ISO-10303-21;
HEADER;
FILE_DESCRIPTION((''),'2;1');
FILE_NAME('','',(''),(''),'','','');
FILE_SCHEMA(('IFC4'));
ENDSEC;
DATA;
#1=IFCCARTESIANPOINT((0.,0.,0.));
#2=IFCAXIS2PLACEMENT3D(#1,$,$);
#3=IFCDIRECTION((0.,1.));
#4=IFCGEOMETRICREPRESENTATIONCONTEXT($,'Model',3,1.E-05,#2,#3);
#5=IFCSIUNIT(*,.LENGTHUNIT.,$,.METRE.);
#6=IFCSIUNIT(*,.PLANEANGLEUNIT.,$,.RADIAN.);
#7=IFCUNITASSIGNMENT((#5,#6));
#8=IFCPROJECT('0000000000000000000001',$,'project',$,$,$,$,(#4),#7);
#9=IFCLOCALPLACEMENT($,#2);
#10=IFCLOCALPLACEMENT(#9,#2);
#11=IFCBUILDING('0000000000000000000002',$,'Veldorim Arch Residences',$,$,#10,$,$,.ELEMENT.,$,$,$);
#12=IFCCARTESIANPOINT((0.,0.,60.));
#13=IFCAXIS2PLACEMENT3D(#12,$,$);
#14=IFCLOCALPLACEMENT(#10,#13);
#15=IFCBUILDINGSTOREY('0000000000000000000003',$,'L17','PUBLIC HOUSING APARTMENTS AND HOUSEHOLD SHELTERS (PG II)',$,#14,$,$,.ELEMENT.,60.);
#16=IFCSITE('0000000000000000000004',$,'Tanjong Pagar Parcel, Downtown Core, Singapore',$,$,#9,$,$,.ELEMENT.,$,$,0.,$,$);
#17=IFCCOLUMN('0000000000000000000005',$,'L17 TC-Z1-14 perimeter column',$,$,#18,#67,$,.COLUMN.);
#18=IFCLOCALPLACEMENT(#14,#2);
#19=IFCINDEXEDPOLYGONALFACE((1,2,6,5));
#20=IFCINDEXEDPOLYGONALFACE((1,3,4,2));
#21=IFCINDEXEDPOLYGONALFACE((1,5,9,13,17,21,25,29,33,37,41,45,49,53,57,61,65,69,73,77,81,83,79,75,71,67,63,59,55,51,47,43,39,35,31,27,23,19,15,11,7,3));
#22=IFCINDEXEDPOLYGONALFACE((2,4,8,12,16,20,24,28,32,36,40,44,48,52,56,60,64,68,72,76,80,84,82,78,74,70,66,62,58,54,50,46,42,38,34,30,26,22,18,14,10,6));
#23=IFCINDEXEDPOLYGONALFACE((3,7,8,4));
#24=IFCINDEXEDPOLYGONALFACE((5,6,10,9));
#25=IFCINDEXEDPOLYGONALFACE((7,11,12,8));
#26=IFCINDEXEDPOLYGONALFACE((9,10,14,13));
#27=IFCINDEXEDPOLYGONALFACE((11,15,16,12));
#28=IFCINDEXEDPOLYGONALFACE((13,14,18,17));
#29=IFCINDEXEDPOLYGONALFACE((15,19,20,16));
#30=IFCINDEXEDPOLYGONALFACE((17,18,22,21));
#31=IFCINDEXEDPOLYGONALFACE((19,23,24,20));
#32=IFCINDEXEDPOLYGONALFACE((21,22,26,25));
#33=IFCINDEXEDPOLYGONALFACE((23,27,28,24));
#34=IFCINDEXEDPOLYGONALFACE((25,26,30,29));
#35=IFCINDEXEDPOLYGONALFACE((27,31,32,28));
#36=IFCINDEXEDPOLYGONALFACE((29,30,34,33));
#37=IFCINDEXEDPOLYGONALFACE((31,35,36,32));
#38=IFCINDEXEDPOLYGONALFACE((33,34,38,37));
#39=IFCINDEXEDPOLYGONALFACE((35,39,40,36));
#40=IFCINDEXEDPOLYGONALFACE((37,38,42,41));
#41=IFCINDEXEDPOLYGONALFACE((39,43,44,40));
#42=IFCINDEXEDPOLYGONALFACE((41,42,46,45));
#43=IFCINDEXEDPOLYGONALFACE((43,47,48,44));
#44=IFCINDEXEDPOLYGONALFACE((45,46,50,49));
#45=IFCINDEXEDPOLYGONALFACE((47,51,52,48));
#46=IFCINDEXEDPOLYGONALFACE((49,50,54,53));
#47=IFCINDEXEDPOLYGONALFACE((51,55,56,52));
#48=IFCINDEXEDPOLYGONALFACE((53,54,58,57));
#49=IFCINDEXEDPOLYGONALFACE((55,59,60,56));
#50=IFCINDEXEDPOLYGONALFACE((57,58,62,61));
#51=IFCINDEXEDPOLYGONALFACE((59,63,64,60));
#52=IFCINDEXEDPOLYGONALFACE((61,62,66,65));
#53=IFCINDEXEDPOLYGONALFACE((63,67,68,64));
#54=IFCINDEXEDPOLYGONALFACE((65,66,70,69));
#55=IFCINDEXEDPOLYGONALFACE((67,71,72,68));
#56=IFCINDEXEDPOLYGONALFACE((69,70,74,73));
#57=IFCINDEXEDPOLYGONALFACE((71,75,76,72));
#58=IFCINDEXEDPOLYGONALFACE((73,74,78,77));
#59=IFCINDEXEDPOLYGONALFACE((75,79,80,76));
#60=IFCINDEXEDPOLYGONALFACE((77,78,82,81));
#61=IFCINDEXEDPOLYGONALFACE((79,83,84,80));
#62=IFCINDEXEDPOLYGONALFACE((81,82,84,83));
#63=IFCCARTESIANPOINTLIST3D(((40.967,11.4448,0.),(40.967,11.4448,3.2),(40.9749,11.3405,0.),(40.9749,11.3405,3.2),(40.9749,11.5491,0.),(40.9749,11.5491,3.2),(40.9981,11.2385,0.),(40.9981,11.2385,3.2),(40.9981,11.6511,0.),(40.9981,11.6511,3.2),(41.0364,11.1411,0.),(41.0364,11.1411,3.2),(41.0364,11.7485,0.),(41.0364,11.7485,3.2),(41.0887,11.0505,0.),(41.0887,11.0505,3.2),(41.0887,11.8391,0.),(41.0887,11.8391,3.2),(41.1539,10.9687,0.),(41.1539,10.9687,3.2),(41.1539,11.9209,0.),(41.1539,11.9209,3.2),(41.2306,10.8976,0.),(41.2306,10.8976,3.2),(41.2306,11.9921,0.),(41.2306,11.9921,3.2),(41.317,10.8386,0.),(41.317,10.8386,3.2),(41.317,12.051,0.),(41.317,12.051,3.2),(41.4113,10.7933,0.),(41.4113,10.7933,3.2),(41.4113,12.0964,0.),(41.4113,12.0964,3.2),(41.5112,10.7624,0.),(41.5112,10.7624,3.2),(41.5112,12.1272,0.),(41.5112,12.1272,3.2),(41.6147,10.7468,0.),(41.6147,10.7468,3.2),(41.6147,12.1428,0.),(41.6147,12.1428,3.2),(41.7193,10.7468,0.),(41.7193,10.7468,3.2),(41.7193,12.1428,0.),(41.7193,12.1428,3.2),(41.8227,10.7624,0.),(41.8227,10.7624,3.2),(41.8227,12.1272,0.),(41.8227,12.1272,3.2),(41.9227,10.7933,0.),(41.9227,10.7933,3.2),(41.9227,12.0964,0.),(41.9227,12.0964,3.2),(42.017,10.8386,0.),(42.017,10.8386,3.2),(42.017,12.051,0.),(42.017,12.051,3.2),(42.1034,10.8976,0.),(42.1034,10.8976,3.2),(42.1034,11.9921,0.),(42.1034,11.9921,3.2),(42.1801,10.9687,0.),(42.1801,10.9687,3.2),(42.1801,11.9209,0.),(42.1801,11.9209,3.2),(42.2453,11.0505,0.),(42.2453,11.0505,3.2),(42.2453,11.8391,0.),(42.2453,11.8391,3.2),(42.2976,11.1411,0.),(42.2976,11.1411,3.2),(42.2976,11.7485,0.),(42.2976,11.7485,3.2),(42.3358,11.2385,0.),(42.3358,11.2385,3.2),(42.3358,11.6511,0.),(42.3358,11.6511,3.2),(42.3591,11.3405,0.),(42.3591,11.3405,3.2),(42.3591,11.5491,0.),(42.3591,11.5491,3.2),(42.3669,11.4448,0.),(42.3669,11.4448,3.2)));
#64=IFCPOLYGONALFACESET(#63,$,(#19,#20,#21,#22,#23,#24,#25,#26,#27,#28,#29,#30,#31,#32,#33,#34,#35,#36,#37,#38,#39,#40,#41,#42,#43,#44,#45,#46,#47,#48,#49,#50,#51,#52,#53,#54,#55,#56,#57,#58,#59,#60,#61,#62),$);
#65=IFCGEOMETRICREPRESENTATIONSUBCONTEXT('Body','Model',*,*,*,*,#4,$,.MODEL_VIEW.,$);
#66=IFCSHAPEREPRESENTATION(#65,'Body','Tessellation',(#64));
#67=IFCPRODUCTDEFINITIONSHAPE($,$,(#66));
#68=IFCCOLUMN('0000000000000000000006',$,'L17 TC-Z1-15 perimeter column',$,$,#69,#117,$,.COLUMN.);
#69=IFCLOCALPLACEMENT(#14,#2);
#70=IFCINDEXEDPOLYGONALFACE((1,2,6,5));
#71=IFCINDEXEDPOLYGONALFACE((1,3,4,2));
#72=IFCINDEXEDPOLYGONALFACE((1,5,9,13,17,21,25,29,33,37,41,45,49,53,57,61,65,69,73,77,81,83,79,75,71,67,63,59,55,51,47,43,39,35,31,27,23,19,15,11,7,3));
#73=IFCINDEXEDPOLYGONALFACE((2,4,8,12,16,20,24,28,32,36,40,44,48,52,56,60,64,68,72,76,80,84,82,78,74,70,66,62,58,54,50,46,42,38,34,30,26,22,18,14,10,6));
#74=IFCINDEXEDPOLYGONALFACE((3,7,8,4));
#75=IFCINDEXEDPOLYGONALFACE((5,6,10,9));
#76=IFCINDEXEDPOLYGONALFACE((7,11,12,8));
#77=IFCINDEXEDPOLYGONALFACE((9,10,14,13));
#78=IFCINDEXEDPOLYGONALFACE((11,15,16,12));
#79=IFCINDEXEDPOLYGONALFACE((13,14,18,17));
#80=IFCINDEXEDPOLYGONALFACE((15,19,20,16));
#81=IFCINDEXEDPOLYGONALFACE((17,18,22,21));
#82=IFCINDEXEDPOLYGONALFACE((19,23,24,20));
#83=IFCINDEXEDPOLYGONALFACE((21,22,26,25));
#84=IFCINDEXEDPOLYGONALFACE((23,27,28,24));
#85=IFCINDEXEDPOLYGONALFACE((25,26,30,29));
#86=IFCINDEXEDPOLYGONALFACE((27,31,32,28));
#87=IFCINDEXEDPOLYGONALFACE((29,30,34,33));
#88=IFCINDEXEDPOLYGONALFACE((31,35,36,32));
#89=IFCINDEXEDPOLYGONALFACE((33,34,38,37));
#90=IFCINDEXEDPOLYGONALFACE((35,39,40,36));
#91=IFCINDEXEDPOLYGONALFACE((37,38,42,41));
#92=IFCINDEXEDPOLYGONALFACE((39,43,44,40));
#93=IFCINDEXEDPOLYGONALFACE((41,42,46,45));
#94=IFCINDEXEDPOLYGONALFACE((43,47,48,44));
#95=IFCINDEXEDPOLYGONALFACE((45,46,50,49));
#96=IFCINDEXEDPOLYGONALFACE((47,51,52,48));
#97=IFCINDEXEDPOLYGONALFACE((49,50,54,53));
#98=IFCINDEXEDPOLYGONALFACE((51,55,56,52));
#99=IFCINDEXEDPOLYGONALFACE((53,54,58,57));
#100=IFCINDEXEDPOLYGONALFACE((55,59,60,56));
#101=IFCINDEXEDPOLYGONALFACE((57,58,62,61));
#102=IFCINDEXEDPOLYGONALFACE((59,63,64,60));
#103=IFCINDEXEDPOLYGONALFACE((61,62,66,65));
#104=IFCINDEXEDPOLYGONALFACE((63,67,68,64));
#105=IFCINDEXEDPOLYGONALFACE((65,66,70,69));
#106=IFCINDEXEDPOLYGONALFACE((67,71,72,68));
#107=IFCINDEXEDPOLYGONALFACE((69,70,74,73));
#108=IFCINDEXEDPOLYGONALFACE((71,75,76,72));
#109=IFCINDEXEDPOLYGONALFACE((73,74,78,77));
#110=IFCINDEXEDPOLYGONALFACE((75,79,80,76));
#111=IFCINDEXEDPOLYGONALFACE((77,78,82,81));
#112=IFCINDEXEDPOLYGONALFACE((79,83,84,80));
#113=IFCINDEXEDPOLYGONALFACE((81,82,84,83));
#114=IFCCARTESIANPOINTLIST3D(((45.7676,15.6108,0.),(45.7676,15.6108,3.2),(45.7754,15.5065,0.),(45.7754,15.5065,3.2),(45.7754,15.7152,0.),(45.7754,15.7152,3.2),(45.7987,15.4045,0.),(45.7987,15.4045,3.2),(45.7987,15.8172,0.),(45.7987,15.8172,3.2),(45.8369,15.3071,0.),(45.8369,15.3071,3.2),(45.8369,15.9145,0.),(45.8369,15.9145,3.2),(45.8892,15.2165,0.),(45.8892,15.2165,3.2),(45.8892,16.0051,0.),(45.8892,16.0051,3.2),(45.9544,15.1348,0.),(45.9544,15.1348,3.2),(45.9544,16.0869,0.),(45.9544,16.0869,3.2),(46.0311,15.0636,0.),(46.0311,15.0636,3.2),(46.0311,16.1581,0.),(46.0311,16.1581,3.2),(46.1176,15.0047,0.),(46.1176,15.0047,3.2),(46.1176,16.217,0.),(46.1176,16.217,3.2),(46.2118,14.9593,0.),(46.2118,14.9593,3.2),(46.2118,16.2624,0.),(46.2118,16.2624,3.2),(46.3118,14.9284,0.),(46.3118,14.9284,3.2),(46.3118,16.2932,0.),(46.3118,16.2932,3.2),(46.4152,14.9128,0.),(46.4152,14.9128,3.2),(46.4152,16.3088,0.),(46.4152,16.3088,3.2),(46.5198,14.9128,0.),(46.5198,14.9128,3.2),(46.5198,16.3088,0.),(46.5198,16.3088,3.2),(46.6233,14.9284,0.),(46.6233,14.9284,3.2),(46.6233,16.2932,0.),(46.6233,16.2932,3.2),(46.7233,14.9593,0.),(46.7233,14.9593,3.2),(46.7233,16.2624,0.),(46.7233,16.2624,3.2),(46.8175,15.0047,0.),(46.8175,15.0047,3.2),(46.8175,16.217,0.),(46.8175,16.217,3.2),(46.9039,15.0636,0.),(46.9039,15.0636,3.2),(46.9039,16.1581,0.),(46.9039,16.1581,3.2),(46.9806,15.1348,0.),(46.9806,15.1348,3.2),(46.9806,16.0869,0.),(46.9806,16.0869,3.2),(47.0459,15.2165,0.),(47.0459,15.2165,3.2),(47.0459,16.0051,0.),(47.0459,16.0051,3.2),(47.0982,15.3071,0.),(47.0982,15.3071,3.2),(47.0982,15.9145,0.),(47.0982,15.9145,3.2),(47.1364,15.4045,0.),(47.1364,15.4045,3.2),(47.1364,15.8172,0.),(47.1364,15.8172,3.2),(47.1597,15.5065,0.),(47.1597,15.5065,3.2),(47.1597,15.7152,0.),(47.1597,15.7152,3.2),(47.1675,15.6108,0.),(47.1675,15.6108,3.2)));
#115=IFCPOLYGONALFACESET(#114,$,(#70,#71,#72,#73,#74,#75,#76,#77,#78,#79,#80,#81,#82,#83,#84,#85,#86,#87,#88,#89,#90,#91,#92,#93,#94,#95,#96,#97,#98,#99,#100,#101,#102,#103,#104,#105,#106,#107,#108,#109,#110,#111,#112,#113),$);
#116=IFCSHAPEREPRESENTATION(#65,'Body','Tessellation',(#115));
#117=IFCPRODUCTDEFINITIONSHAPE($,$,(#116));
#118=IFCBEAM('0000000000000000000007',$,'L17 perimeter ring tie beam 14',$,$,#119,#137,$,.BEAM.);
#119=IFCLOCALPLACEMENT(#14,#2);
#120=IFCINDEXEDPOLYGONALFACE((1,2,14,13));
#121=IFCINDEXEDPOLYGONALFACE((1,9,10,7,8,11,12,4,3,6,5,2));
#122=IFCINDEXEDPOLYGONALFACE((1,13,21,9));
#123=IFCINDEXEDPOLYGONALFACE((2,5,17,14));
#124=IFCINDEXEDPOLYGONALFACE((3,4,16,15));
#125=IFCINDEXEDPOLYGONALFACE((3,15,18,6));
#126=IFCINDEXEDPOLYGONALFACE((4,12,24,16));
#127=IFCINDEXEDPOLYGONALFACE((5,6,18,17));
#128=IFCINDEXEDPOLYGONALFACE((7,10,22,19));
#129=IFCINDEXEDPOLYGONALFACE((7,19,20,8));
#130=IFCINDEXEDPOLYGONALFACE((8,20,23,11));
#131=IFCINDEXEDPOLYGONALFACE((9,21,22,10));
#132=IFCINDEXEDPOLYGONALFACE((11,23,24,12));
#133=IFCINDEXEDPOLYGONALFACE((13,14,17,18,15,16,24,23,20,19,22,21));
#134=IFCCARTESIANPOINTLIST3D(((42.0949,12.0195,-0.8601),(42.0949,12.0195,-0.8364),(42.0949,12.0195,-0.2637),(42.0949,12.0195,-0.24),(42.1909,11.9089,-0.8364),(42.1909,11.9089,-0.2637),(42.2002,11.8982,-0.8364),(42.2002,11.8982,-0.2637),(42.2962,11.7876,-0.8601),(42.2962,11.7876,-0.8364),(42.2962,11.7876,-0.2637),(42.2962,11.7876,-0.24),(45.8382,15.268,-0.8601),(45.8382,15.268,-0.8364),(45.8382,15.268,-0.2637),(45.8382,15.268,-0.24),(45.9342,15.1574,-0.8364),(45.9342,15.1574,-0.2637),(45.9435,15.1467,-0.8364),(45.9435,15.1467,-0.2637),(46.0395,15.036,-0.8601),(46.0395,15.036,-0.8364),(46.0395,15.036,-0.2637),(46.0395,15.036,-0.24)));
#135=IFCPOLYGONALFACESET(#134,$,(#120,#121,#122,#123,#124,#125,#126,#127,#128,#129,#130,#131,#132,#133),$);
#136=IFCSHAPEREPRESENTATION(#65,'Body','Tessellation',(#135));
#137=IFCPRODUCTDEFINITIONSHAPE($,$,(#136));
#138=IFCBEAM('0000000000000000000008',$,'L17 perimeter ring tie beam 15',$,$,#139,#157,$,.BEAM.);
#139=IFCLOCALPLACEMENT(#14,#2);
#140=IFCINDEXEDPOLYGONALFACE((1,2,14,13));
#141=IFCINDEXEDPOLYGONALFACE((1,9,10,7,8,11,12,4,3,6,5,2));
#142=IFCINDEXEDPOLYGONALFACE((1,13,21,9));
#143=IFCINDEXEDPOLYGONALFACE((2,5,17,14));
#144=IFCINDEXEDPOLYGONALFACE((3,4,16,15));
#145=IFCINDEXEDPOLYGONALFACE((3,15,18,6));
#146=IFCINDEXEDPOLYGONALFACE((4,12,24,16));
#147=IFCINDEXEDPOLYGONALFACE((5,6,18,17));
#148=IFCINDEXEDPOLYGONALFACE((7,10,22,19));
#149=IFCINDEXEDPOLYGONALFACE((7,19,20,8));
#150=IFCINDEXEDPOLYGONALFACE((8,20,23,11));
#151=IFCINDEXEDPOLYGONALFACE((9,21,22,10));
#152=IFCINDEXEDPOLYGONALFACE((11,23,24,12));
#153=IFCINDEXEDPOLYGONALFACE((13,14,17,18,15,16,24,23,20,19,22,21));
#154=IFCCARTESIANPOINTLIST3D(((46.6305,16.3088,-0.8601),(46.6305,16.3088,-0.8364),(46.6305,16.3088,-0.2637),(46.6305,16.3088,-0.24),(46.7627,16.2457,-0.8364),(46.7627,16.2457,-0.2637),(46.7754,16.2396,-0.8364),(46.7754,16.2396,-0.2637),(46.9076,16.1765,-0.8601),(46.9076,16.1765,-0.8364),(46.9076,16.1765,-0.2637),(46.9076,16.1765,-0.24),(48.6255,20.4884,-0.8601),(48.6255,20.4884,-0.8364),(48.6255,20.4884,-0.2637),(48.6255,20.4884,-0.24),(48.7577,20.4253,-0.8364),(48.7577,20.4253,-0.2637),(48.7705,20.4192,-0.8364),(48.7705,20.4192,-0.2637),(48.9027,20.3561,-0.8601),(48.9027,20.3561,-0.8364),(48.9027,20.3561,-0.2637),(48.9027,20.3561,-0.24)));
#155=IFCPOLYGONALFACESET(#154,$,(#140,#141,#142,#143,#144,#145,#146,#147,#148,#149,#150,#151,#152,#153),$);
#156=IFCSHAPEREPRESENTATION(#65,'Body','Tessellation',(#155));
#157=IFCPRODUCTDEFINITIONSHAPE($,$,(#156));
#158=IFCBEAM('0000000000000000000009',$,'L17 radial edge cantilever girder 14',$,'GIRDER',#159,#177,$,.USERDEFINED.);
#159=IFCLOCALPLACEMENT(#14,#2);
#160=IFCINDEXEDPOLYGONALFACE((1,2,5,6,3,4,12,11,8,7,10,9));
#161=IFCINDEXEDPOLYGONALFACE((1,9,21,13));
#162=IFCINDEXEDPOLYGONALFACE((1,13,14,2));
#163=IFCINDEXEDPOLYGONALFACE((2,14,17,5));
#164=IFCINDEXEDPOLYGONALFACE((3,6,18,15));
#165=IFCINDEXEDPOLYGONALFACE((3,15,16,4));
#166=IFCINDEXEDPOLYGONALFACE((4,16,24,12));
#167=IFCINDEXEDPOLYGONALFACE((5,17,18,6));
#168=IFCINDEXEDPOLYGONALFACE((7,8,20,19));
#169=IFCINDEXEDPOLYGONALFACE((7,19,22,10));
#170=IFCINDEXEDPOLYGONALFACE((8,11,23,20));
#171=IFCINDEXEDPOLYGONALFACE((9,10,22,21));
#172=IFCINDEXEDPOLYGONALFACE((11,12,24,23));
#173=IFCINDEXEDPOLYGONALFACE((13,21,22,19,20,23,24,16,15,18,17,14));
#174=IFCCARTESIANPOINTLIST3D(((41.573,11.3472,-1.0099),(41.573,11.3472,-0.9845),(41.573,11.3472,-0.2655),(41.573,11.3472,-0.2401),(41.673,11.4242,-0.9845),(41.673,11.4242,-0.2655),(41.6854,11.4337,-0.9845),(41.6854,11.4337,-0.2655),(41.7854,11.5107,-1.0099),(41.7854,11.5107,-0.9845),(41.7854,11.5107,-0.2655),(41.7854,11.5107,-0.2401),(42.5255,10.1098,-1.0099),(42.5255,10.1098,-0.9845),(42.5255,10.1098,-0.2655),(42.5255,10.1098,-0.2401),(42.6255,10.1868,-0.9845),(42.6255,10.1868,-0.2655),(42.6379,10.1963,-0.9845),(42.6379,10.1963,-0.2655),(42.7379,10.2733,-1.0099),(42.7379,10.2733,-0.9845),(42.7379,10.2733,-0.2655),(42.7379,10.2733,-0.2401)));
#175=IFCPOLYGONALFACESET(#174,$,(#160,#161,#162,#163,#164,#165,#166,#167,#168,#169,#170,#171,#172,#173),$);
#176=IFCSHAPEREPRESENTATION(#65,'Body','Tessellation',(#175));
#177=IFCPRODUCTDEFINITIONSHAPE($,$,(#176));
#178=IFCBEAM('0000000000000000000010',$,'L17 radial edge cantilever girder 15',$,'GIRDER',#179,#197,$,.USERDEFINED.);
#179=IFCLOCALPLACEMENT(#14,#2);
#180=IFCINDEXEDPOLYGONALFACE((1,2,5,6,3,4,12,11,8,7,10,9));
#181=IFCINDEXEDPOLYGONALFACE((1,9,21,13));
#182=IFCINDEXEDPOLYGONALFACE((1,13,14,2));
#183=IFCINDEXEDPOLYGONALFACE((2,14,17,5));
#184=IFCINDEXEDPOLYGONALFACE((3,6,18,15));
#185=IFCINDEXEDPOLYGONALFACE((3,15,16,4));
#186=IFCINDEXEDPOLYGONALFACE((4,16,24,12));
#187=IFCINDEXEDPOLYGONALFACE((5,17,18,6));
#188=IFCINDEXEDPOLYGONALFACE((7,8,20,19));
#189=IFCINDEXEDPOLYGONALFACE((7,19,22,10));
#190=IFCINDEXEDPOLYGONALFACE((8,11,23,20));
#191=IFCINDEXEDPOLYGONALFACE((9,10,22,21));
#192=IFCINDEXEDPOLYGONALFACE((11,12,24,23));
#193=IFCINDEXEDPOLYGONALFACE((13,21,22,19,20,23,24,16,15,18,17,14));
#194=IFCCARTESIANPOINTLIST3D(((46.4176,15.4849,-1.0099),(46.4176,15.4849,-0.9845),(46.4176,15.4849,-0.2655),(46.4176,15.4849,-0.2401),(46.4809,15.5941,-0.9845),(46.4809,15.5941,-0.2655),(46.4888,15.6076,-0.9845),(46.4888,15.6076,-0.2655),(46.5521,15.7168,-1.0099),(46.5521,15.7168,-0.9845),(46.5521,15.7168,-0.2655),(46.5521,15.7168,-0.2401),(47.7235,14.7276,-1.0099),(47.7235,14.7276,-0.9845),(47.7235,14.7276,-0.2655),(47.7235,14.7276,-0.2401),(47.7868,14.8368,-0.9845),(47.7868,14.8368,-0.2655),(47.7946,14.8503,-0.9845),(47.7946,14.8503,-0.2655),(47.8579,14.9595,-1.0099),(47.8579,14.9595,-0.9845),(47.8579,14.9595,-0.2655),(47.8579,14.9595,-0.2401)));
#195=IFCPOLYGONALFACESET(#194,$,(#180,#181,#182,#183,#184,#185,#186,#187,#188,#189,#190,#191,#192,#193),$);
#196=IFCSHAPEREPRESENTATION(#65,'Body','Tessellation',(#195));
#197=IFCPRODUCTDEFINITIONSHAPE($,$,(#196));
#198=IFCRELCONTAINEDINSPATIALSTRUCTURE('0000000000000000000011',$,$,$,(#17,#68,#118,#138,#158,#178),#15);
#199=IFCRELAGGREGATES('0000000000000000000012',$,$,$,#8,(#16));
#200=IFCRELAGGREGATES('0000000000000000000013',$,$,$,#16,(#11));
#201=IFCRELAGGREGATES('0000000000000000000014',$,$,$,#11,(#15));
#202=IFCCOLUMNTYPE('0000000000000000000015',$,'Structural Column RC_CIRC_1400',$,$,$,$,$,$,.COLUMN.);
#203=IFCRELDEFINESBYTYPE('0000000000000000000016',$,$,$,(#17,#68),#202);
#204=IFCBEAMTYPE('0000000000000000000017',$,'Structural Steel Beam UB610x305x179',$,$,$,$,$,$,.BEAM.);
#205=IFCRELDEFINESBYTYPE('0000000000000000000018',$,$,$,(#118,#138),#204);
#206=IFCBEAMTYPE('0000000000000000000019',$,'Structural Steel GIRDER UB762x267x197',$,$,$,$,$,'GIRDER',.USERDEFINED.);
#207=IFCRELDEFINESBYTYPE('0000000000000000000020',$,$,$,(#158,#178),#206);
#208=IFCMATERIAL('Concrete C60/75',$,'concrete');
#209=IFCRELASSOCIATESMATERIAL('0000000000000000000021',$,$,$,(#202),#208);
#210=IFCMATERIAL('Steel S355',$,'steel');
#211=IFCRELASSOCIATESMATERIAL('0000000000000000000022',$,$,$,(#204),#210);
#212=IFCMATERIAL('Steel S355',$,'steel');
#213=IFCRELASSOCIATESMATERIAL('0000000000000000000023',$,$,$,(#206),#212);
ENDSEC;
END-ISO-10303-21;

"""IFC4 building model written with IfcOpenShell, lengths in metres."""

from ifc_helpers import new_model, si_unit, direction, frame, origin, origin_2d, place, context, subcontext, project, spatial, circle, i_section, extrude, material, material_profile, profile_set, type_object, element, save


model = new_model("IFC4")

# Units and contexts
model_context = context("Model", 3, precision=1e-05, world=origin(), true_north=direction((0.0, 1.0)))
body_context = subcontext(model_context, "Body", "Model", "MODEL_VIEW")
ifc_project = project(units=[si_unit("LENGTHUNIT", "METRE"), si_unit("PLANEANGLEUNIT", "RADIAN")], contexts=[model_context])

# Site, building, storey
site_placement = place(None, origin())
site = spatial("IfcSite", under=ifc_project, at=site_placement, Name="Tanjong Pagar Parcel, Downtown Core, Singapore", CompositionType="ELEMENT", RefElevation=0.0)
building_placement = place(site_placement, origin())
building = spatial("IfcBuilding", under=site, at=building_placement, Name="Veldorim Arch Residences", CompositionType="ELEMENT")
storey_placement = place(building_placement, frame((0.0, 0.0, 60.0)))
storey = spatial("IfcBuildingStorey", under=building, at=storey_placement, Name="L17", Description="PUBLIC HOUSING APARTMENTS AND HOUSEHOLD SHELTERS (PG II)", CompositionType="ELEMENT", Elevation=60.0)

# Columns
ifc_material_1 = material(Name="Concrete C60/75", Category="concrete")
ifc_material_profile_1 = material_profile(ifc_material_1, circle(Radius=0.7, at=origin_2d()), Name="RC_CIRC_1400")
ifc_profile_set_1 = profile_set([ifc_material_profile_1], Name="Concrete C60/75")
column_type = type_object("IfcColumnType", Name="Structural Column RC_CIRC_1400", PredefinedType="COLUMN", material=ifc_profile_set_1)
for number, where, z_axis, x_axis, name in (
    (1, (41.667, 11.4448, 0.0), (0.0, 0.0, 1.0), (1.0, 0.0, 0.0), "L17 TC-Z1-14 perimeter column"),
    (2, (46.4675, 15.6108, 0.0), (0.0, 0.0, 1.0), (1.0, 0.0, 0.0), "L17 TC-Z1-15 perimeter column"),
):
    element("IfcColumn", number, at=place(storey_placement, frame(where, z_axis=z_axis, x_axis=x_axis)), inside=storey, type_object=column_type, Name=name, PredefinedType="COLUMN", context=body_context, shape_type="SweptSolid", body=[
        extrude(circle(Radius=0.7, at=origin_2d()), origin(), (0.0, 0.0, 1.0), 3.2),
    ])

# Beams
ifc_material_2 = material(Name="Steel S355", Category="steel")
ifc_material_profile_2 = material_profile(ifc_material_2, i_section(OverallWidth=0.3071, OverallDepth=0.6201, WebThickness=0.0142, FlangeThickness=0.0237, at=origin_2d()), Name="UB610x305x179")
ifc_profile_set_2 = profile_set([ifc_material_profile_2], Name="Steel S355")
beam_type_1 = type_object("IfcBeamType", Name="Structural Steel Beam UB610x305x179", PredefinedType="BEAM", material=ifc_profile_set_2)
beam_1_placement = place(storey_placement, frame((42.1956, 11.9036, -0.55), z_axis=(0.755265, 0.65542, 0.0), x_axis=(-0.65542, 0.755265, 0.0)))
element("IfcBeam", 3, at=beam_1_placement, inside=storey, type_object=beam_type_1, Name="L17 perimeter ring tie beam 14", PredefinedType="BEAM", context=body_context, shape_type="SweptSolid", body=[
    extrude(i_section(OverallWidth=0.3071, OverallDepth=0.6201, WebThickness=0.0142, FlangeThickness=0.0237, at=origin_2d()), origin(), (0.0, 0.0, 1.0), 4.9563),
])
beam_2_placement = place(storey_placement, frame((46.769, 16.2427, -0.55), z_axis=(0.430776, 0.902459, 0.0), x_axis=(-0.902459, 0.430776, 0.0)))
element("IfcBeam", 4, at=beam_2_placement, inside=storey, type_object=beam_type_1, Name="L17 perimeter ring tie beam 15", PredefinedType="BEAM", context=body_context, shape_type="SweptSolid", body=[
    extrude(i_section(OverallWidth=0.3071, OverallDepth=0.6201, WebThickness=0.0142, FlangeThickness=0.0237, at=origin_2d()), origin(), (0.0, 0.0, 1.0), 4.6313),
])
ifc_material_3 = material(Name="Steel S355", Category="steel")
ifc_material_profile_3 = material_profile(ifc_material_3, i_section(OverallWidth=0.2681, OverallDepth=0.7698, WebThickness=0.0156, FlangeThickness=0.0254, at=origin_2d()), Name="UB762x267x197")
ifc_profile_set_3 = profile_set([ifc_material_profile_3], Name="Steel S355")
beam_type_2 = type_object("IfcBeamType", Name="Structural Steel GIRDER UB762x267x197", ElementType="GIRDER", PredefinedType="USERDEFINED", material=ifc_profile_set_3)
beam_3_placement = place(storey_placement, frame((41.6792, 11.429, -0.625), z_axis=(0.60996, -0.792432, 0.0), x_axis=(0.792432, 0.60996, 0.0)))
element("IfcBeam", 5, at=beam_3_placement, inside=storey, type_object=beam_type_2, Name="L17 radial edge cantilever girder 14", ObjectType="GIRDER", PredefinedType="USERDEFINED", context=body_context, shape_type="SweptSolid", body=[
    extrude(i_section(OverallWidth=0.2681, OverallDepth=0.7698, WebThickness=0.0156, FlangeThickness=0.0254, at=origin_2d()), origin(), (0.0, 0.0, 1.0), 1.5615),
])
beam_4_placement = place(storey_placement, frame((46.4849, 15.6008, -0.625), z_axis=(0.865061, -0.501667, 0.0), x_axis=(0.501667, 0.865061, 0.0)))
element("IfcBeam", 6, at=beam_4_placement, inside=storey, type_object=beam_type_2, Name="L17 radial edge cantilever girder 15", ObjectType="GIRDER", PredefinedType="USERDEFINED", context=body_context, shape_type="SweptSolid", body=[
    extrude(i_section(OverallWidth=0.2681, OverallDepth=0.7698, WebThickness=0.0156, FlangeThickness=0.0254, at=origin_2d()), origin(), (0.0, 0.0, 1.0), 1.5095),
])

save(model, "model.ifc")
